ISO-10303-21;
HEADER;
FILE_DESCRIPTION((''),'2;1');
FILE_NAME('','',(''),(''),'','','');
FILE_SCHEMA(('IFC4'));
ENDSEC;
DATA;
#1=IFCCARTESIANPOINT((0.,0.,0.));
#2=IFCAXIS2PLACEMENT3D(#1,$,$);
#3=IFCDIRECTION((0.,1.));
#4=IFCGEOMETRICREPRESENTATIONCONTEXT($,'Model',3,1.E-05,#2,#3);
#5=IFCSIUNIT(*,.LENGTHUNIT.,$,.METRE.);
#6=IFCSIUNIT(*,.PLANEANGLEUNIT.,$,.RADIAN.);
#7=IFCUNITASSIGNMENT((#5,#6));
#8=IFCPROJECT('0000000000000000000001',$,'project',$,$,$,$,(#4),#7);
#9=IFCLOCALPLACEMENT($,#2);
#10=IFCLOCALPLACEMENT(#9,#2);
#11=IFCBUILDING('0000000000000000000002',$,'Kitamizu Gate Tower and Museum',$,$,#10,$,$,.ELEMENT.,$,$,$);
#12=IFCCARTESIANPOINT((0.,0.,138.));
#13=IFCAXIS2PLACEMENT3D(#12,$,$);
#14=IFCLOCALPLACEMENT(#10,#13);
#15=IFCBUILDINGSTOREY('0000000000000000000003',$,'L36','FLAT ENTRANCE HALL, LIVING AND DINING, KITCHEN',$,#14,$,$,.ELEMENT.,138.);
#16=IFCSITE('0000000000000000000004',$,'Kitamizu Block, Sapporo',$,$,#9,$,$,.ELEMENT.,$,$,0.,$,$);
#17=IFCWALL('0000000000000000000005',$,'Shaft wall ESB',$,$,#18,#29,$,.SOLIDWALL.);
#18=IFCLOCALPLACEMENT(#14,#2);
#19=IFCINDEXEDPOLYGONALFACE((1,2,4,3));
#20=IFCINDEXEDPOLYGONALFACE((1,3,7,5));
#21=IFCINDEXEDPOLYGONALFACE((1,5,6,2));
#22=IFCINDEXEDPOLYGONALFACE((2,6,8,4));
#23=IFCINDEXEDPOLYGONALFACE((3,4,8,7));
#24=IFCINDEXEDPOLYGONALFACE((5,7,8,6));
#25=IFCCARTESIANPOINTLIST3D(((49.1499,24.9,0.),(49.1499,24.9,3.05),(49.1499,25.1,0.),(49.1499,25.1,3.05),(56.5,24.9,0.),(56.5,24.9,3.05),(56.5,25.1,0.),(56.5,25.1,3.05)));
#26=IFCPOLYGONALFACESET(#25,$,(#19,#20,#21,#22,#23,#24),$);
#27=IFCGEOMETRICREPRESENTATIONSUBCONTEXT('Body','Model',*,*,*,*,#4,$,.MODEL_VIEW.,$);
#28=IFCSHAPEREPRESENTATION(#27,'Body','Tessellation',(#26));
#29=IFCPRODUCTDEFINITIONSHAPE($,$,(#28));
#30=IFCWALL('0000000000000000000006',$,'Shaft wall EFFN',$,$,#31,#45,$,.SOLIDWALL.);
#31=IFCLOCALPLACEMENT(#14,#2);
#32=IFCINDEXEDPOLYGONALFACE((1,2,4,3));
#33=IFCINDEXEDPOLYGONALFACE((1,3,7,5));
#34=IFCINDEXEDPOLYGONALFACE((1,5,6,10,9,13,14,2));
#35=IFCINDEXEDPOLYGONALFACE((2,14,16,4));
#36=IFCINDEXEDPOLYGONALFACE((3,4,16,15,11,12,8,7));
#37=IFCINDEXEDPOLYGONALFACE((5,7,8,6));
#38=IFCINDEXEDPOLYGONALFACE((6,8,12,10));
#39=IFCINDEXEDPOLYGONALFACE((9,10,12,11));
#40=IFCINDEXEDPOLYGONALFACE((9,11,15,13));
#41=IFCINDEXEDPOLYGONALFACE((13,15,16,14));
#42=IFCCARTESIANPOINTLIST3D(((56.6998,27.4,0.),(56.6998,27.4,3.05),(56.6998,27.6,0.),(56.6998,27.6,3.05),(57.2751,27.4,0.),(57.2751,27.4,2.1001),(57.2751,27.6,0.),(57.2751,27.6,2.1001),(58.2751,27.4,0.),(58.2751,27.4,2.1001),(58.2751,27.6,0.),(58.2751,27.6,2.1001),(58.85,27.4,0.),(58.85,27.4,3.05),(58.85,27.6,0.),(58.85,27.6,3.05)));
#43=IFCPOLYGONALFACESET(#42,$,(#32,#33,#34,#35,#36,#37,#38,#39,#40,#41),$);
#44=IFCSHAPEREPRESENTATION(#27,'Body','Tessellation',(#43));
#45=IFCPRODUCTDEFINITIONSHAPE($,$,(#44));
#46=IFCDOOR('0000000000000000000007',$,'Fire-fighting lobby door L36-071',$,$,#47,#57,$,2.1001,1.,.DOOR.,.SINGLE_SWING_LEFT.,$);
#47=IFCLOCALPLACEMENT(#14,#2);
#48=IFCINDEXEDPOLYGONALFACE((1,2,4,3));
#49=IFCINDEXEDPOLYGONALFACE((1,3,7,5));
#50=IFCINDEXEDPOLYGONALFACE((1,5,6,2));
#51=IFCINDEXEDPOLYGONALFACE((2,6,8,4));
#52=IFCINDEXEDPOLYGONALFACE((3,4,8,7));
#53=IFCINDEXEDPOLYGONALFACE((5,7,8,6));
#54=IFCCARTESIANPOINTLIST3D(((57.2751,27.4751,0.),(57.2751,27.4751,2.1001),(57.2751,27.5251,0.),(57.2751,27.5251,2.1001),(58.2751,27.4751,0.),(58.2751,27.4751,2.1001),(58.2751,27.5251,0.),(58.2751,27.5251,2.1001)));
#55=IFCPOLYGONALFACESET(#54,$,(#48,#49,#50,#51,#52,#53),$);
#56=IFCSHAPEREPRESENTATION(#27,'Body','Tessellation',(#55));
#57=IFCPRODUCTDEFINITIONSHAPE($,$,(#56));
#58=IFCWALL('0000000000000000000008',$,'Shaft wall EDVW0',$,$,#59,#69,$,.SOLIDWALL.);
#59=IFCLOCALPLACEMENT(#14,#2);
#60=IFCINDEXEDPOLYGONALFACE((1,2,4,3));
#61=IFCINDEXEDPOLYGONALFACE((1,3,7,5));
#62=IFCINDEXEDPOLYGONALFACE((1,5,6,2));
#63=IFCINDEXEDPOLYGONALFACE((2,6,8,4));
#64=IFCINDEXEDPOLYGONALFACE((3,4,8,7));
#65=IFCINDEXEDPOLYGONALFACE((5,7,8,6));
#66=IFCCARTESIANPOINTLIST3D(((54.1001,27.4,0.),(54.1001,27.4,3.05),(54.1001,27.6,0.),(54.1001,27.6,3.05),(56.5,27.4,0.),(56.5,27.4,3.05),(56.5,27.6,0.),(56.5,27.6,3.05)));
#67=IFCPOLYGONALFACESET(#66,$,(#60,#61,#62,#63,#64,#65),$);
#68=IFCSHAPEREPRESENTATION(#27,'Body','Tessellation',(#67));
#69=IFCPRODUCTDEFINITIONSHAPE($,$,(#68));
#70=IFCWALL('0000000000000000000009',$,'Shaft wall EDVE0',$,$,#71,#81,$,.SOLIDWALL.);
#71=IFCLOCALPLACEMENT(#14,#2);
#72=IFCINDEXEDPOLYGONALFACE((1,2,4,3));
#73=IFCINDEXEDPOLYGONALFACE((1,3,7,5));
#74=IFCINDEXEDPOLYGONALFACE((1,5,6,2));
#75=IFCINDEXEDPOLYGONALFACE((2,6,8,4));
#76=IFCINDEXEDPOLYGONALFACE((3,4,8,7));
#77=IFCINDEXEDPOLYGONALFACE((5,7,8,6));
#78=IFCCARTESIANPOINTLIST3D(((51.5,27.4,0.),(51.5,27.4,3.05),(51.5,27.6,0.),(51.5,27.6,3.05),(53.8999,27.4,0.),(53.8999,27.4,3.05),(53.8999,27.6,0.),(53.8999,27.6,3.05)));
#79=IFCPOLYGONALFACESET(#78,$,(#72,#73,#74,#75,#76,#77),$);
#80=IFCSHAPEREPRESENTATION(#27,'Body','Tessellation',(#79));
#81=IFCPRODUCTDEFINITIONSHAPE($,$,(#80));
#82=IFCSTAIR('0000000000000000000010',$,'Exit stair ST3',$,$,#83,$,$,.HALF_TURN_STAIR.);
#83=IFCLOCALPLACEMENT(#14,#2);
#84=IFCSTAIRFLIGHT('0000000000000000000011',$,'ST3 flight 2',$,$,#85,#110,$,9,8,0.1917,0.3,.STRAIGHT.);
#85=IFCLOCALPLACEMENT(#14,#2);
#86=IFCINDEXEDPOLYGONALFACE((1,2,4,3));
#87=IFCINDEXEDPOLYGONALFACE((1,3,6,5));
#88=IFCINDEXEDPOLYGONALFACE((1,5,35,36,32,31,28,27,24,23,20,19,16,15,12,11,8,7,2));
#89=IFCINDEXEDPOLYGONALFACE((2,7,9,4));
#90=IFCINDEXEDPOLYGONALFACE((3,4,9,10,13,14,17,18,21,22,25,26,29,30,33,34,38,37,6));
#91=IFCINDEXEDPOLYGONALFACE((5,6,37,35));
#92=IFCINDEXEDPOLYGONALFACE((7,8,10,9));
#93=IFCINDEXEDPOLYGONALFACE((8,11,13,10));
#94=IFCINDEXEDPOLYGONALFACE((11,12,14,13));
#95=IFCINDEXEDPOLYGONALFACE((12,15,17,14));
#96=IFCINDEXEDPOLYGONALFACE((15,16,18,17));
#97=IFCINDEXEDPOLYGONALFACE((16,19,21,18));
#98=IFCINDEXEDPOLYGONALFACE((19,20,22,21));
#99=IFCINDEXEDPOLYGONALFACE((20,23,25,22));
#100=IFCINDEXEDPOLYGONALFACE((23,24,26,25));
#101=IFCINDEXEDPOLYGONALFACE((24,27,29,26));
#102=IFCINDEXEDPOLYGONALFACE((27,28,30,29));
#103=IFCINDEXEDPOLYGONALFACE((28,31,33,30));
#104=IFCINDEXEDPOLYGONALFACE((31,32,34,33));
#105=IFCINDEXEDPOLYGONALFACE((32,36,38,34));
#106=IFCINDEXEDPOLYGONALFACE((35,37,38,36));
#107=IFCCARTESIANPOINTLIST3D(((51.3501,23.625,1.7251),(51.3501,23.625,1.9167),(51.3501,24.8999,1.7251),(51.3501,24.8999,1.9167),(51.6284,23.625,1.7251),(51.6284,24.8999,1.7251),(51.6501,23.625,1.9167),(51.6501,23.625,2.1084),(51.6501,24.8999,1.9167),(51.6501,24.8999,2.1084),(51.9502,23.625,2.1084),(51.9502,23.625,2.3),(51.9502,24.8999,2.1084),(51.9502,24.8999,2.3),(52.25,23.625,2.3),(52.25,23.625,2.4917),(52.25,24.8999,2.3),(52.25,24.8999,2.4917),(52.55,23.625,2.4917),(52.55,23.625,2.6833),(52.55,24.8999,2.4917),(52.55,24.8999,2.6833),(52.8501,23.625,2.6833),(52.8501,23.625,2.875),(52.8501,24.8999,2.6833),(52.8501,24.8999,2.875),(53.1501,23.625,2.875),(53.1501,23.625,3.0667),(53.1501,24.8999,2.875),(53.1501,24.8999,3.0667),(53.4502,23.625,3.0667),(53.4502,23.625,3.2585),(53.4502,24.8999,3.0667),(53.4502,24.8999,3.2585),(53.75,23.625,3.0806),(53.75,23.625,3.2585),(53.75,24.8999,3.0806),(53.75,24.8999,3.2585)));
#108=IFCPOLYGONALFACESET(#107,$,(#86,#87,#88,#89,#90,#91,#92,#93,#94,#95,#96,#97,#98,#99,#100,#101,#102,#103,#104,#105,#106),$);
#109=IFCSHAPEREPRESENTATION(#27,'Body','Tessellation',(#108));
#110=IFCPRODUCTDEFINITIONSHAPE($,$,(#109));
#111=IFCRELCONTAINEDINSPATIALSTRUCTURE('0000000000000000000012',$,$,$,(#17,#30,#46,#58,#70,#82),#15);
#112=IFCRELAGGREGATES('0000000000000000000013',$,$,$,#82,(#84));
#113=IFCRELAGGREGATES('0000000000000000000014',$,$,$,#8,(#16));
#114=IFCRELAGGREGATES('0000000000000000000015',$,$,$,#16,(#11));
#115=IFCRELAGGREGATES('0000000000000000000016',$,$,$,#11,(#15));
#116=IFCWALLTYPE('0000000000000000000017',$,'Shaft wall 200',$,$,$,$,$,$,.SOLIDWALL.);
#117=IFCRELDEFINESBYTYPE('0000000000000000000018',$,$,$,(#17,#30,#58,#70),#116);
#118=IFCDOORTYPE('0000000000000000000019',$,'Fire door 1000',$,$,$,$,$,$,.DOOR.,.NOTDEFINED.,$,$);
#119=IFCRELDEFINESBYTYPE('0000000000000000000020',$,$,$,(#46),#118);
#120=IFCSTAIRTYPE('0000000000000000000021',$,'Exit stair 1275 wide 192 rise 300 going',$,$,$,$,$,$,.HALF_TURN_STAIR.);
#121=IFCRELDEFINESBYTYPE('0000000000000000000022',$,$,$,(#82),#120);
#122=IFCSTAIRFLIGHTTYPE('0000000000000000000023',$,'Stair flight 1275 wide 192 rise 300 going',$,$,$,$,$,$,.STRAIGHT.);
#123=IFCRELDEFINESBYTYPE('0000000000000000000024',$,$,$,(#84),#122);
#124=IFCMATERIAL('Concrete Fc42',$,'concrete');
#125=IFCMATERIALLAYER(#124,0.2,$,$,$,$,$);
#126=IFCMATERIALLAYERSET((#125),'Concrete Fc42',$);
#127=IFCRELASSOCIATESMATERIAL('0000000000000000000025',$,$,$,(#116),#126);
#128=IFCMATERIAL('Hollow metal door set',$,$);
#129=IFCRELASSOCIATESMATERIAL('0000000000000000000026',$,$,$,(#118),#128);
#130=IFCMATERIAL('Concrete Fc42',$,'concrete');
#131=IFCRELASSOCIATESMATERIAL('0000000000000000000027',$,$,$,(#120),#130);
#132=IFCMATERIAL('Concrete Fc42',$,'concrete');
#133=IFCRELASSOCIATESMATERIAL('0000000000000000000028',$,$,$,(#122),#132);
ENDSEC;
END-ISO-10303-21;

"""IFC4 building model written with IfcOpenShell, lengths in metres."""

from ifc_helpers import new_model, si_unit, direction, frame, frame_2d, origin, place, context, subcontext, project, spatial, polyline, rectangle, outline, extrude, material, layer, layer_set, type_object, element, fill, aggregate, save


model = new_model("IFC4")

# Units and contexts
model_context = context("Model", 3, precision=1e-05, world=origin(), true_north=direction((0.0, 1.0)))
body_context = subcontext(model_context, "Body", "Model", "MODEL_VIEW")
ifc_project = project(units=[si_unit("LENGTHUNIT", "METRE"), si_unit("PLANEANGLEUNIT", "RADIAN")], contexts=[model_context])

# Site, building, storey
site_placement = place(None, origin())
site = spatial("IfcSite", under=ifc_project, at=site_placement, Name="Kitamizu Block, Sapporo", CompositionType="ELEMENT", RefElevation=0.0)
building_placement = place(site_placement, origin())
building = spatial("IfcBuilding", under=site, at=building_placement, Name="Kitamizu Gate Tower and Museum", CompositionType="ELEMENT")
storey_placement = place(building_placement, frame((0.0, 0.0, 138.0)))
storey = spatial("IfcBuildingStorey", under=building, at=storey_placement, Name="L36", Description="FLAT ENTRANCE HALL, LIVING AND DINING, KITCHEN", CompositionType="ELEMENT", Elevation=138.0)

# Shared definitions
ifc_material_1 = material(Name="Concrete Fc42", Category="concrete")
ifc_layer = layer(ifc_material_1, 0.2)
ifc_layer_set = layer_set([ifc_layer], Name="Concrete Fc42")
wall_type = type_object("IfcWallType", Name="Shaft wall 200", PredefinedType="SOLIDWALL", material=ifc_layer_set)
ifc_material_2 = material(Name="Hollow metal door set")
door_type_1 = type_object("IfcDoorType", Name="Fire door 1000", OperationType="NOTDEFINED", PredefinedType="DOOR", material=ifc_material_2)

# Wall
wall_1_placement = place(storey_placement, frame((56.5, 25.0, 0.0), z_axis=(0.0, 0.0, 1.0), x_axis=(-1.0, 0.0, 0.0)))
element("IfcWall", 1, at=wall_1_placement, inside=storey, type_object=wall_type, Name="Shaft wall ESB", PredefinedType="SOLIDWALL", context=body_context, shape_type="SweptSolid", body=[
    extrude(rectangle(XDim=7.3501, YDim=0.2, at=frame_2d((3.675, 0.0))), origin(), (0.0, 0.0, 1.0), 3.05),
])

# Wall, opening, door
wall_2_placement = place(storey_placement, frame((58.8501, 27.5, 0.0), z_axis=(0.0, 0.0, 1.0), x_axis=(-1.0, 0.0, 0.0)))
wall_2 = element("IfcWall", 2, at=wall_2_placement, inside=storey, type_object=wall_type, Name="Shaft wall EFFN", PredefinedType="SOLIDWALL", context=body_context, shape_type="SweptSolid", body=[
    extrude(rectangle(XDim=2.1501, YDim=0.2, at=frame_2d((1.0752, 0.0))), origin(), (0.0, 0.0, 1.0), 3.05),
])
opening_1_placement = place(wall_2_placement, frame((0.575, 0.0, 0.0)))
opening_1 = element("IfcOpeningElement", 3, at=opening_1_placement, cuts=wall_2, PredefinedType="OPENING", context=body_context, shape_type="SweptSolid", body=[
    extrude(rectangle(XDim=1.0, YDim=2.1001, at=frame_2d((0.5, 1.05))), frame((0.0, 0.1099, 0.0), z_axis=(0.0, -1.0, 0.0), x_axis=(1.0, 0.0, 0.0)), (0.0, 0.0, 1.0), 0.22),
])
door_1_placement = place(opening_1_placement, origin())
door_1 = element("IfcDoor", 4, at=door_1_placement, inside=storey, type_object=door_type_1, Name="Fire-fighting lobby door L36-071", OperationType="SINGLE_SWING_LEFT", OverallHeight=2.1001, OverallWidth=1.0, PredefinedType="DOOR", context=body_context, shape_type="SweptSolid", body=[
    extrude(rectangle(XDim=1.0, YDim=2.1001, at=frame_2d((0.5, 1.05))), frame((0.0, 0.0249, 0.0), z_axis=(0.0, -1.0, 0.0), x_axis=(1.0, 0.0, 0.0)), (0.0, 0.0, 1.0), 0.05),
])
fill(opening_1, door_1)

# Walls
for number, where, z_axis, x_axis, name in (
    (5, (56.5, 27.5, 0.0), (0.0, 0.0, 1.0), (-1.0, 0.0, 0.0), "Shaft wall EDVW0"),
    (6, (53.8999, 27.5, 0.0), (0.0, 0.0, 1.0), (-1.0, 0.0, 0.0), "Shaft wall EDVE0"),
):
    element("IfcWall", number, at=place(storey_placement, frame(where, z_axis=z_axis, x_axis=x_axis)), inside=storey, type_object=wall_type, Name=name, PredefinedType="SOLIDWALL", context=body_context, shape_type="SweptSolid", body=[
        extrude(rectangle(XDim=2.3999, YDim=0.2, at=frame_2d((1.2, 0.0))), origin(), (0.0, 0.0, 1.0), 3.05),
    ])

# Stair, stair flight
ifc_material_3 = material(Name="Concrete Fc42", Category="concrete")
stair_type = type_object("IfcStairType", Name="Exit stair 1275 wide 192 rise 300 going", PredefinedType="HALF_TURN_STAIR", material=ifc_material_3)
stair_placement = place(storey_placement, origin())
stair = element("IfcStair", 7, at=stair_placement, inside=storey, type_object=stair_type, Name="Exit stair ST3", PredefinedType="HALF_TURN_STAIR")
ifc_material_4 = material(Name="Concrete Fc42", Category="concrete")
stair_flight_type = type_object("IfcStairFlightType", Name="Stair flight 1275 wide 192 rise 300 going", PredefinedType="STRAIGHT", material=ifc_material_4)
stair_flight_placement = place(storey_placement, frame((51.3501, 24.2625, 1.7251), z_axis=(0.0, 0.0, 1.0), x_axis=(1.0, 0.0, 0.0)))
stair_flight = element("IfcStairFlight", 8, at=stair_flight_placement, type_object=stair_flight_type, Name="ST3 flight 2", NumberOfRisers=9, NumberOfTreads=8, PredefinedType="STRAIGHT", RiserHeight=0.1917, TreadLength=0.3, context=body_context, shape_type="SweptSolid", body=[
    extrude(outline(polyline([(0.0, 0.0), (0.0, 0.1917), (0.3, 0.1917), (0.3, 0.3833), (0.6001, 0.3833), (0.6001, 0.575), (0.8999, 0.575), (0.8999, 0.7666), (1.2, 0.7666), (1.2, 0.9583), (1.5, 0.9583), (1.5, 1.1499), (1.8, 1.1499), (1.8, 1.3416), (2.1001, 1.3416), (2.1001, 1.5334), (2.3999, 1.5334), (2.3999, 1.7251), (2.3999, 1.3555), (0.2783, 0.0), (0.0, 0.0)])), frame((0.0, 0.6375, 0.0), z_axis=(0.0, -1.0, 0.0), x_axis=(1.0, 0.0, 0.0)), (0.0, 0.0, 1.0), 1.2749),
])
aggregate(stair, [stair_flight])

save(model, "model.ifc")
